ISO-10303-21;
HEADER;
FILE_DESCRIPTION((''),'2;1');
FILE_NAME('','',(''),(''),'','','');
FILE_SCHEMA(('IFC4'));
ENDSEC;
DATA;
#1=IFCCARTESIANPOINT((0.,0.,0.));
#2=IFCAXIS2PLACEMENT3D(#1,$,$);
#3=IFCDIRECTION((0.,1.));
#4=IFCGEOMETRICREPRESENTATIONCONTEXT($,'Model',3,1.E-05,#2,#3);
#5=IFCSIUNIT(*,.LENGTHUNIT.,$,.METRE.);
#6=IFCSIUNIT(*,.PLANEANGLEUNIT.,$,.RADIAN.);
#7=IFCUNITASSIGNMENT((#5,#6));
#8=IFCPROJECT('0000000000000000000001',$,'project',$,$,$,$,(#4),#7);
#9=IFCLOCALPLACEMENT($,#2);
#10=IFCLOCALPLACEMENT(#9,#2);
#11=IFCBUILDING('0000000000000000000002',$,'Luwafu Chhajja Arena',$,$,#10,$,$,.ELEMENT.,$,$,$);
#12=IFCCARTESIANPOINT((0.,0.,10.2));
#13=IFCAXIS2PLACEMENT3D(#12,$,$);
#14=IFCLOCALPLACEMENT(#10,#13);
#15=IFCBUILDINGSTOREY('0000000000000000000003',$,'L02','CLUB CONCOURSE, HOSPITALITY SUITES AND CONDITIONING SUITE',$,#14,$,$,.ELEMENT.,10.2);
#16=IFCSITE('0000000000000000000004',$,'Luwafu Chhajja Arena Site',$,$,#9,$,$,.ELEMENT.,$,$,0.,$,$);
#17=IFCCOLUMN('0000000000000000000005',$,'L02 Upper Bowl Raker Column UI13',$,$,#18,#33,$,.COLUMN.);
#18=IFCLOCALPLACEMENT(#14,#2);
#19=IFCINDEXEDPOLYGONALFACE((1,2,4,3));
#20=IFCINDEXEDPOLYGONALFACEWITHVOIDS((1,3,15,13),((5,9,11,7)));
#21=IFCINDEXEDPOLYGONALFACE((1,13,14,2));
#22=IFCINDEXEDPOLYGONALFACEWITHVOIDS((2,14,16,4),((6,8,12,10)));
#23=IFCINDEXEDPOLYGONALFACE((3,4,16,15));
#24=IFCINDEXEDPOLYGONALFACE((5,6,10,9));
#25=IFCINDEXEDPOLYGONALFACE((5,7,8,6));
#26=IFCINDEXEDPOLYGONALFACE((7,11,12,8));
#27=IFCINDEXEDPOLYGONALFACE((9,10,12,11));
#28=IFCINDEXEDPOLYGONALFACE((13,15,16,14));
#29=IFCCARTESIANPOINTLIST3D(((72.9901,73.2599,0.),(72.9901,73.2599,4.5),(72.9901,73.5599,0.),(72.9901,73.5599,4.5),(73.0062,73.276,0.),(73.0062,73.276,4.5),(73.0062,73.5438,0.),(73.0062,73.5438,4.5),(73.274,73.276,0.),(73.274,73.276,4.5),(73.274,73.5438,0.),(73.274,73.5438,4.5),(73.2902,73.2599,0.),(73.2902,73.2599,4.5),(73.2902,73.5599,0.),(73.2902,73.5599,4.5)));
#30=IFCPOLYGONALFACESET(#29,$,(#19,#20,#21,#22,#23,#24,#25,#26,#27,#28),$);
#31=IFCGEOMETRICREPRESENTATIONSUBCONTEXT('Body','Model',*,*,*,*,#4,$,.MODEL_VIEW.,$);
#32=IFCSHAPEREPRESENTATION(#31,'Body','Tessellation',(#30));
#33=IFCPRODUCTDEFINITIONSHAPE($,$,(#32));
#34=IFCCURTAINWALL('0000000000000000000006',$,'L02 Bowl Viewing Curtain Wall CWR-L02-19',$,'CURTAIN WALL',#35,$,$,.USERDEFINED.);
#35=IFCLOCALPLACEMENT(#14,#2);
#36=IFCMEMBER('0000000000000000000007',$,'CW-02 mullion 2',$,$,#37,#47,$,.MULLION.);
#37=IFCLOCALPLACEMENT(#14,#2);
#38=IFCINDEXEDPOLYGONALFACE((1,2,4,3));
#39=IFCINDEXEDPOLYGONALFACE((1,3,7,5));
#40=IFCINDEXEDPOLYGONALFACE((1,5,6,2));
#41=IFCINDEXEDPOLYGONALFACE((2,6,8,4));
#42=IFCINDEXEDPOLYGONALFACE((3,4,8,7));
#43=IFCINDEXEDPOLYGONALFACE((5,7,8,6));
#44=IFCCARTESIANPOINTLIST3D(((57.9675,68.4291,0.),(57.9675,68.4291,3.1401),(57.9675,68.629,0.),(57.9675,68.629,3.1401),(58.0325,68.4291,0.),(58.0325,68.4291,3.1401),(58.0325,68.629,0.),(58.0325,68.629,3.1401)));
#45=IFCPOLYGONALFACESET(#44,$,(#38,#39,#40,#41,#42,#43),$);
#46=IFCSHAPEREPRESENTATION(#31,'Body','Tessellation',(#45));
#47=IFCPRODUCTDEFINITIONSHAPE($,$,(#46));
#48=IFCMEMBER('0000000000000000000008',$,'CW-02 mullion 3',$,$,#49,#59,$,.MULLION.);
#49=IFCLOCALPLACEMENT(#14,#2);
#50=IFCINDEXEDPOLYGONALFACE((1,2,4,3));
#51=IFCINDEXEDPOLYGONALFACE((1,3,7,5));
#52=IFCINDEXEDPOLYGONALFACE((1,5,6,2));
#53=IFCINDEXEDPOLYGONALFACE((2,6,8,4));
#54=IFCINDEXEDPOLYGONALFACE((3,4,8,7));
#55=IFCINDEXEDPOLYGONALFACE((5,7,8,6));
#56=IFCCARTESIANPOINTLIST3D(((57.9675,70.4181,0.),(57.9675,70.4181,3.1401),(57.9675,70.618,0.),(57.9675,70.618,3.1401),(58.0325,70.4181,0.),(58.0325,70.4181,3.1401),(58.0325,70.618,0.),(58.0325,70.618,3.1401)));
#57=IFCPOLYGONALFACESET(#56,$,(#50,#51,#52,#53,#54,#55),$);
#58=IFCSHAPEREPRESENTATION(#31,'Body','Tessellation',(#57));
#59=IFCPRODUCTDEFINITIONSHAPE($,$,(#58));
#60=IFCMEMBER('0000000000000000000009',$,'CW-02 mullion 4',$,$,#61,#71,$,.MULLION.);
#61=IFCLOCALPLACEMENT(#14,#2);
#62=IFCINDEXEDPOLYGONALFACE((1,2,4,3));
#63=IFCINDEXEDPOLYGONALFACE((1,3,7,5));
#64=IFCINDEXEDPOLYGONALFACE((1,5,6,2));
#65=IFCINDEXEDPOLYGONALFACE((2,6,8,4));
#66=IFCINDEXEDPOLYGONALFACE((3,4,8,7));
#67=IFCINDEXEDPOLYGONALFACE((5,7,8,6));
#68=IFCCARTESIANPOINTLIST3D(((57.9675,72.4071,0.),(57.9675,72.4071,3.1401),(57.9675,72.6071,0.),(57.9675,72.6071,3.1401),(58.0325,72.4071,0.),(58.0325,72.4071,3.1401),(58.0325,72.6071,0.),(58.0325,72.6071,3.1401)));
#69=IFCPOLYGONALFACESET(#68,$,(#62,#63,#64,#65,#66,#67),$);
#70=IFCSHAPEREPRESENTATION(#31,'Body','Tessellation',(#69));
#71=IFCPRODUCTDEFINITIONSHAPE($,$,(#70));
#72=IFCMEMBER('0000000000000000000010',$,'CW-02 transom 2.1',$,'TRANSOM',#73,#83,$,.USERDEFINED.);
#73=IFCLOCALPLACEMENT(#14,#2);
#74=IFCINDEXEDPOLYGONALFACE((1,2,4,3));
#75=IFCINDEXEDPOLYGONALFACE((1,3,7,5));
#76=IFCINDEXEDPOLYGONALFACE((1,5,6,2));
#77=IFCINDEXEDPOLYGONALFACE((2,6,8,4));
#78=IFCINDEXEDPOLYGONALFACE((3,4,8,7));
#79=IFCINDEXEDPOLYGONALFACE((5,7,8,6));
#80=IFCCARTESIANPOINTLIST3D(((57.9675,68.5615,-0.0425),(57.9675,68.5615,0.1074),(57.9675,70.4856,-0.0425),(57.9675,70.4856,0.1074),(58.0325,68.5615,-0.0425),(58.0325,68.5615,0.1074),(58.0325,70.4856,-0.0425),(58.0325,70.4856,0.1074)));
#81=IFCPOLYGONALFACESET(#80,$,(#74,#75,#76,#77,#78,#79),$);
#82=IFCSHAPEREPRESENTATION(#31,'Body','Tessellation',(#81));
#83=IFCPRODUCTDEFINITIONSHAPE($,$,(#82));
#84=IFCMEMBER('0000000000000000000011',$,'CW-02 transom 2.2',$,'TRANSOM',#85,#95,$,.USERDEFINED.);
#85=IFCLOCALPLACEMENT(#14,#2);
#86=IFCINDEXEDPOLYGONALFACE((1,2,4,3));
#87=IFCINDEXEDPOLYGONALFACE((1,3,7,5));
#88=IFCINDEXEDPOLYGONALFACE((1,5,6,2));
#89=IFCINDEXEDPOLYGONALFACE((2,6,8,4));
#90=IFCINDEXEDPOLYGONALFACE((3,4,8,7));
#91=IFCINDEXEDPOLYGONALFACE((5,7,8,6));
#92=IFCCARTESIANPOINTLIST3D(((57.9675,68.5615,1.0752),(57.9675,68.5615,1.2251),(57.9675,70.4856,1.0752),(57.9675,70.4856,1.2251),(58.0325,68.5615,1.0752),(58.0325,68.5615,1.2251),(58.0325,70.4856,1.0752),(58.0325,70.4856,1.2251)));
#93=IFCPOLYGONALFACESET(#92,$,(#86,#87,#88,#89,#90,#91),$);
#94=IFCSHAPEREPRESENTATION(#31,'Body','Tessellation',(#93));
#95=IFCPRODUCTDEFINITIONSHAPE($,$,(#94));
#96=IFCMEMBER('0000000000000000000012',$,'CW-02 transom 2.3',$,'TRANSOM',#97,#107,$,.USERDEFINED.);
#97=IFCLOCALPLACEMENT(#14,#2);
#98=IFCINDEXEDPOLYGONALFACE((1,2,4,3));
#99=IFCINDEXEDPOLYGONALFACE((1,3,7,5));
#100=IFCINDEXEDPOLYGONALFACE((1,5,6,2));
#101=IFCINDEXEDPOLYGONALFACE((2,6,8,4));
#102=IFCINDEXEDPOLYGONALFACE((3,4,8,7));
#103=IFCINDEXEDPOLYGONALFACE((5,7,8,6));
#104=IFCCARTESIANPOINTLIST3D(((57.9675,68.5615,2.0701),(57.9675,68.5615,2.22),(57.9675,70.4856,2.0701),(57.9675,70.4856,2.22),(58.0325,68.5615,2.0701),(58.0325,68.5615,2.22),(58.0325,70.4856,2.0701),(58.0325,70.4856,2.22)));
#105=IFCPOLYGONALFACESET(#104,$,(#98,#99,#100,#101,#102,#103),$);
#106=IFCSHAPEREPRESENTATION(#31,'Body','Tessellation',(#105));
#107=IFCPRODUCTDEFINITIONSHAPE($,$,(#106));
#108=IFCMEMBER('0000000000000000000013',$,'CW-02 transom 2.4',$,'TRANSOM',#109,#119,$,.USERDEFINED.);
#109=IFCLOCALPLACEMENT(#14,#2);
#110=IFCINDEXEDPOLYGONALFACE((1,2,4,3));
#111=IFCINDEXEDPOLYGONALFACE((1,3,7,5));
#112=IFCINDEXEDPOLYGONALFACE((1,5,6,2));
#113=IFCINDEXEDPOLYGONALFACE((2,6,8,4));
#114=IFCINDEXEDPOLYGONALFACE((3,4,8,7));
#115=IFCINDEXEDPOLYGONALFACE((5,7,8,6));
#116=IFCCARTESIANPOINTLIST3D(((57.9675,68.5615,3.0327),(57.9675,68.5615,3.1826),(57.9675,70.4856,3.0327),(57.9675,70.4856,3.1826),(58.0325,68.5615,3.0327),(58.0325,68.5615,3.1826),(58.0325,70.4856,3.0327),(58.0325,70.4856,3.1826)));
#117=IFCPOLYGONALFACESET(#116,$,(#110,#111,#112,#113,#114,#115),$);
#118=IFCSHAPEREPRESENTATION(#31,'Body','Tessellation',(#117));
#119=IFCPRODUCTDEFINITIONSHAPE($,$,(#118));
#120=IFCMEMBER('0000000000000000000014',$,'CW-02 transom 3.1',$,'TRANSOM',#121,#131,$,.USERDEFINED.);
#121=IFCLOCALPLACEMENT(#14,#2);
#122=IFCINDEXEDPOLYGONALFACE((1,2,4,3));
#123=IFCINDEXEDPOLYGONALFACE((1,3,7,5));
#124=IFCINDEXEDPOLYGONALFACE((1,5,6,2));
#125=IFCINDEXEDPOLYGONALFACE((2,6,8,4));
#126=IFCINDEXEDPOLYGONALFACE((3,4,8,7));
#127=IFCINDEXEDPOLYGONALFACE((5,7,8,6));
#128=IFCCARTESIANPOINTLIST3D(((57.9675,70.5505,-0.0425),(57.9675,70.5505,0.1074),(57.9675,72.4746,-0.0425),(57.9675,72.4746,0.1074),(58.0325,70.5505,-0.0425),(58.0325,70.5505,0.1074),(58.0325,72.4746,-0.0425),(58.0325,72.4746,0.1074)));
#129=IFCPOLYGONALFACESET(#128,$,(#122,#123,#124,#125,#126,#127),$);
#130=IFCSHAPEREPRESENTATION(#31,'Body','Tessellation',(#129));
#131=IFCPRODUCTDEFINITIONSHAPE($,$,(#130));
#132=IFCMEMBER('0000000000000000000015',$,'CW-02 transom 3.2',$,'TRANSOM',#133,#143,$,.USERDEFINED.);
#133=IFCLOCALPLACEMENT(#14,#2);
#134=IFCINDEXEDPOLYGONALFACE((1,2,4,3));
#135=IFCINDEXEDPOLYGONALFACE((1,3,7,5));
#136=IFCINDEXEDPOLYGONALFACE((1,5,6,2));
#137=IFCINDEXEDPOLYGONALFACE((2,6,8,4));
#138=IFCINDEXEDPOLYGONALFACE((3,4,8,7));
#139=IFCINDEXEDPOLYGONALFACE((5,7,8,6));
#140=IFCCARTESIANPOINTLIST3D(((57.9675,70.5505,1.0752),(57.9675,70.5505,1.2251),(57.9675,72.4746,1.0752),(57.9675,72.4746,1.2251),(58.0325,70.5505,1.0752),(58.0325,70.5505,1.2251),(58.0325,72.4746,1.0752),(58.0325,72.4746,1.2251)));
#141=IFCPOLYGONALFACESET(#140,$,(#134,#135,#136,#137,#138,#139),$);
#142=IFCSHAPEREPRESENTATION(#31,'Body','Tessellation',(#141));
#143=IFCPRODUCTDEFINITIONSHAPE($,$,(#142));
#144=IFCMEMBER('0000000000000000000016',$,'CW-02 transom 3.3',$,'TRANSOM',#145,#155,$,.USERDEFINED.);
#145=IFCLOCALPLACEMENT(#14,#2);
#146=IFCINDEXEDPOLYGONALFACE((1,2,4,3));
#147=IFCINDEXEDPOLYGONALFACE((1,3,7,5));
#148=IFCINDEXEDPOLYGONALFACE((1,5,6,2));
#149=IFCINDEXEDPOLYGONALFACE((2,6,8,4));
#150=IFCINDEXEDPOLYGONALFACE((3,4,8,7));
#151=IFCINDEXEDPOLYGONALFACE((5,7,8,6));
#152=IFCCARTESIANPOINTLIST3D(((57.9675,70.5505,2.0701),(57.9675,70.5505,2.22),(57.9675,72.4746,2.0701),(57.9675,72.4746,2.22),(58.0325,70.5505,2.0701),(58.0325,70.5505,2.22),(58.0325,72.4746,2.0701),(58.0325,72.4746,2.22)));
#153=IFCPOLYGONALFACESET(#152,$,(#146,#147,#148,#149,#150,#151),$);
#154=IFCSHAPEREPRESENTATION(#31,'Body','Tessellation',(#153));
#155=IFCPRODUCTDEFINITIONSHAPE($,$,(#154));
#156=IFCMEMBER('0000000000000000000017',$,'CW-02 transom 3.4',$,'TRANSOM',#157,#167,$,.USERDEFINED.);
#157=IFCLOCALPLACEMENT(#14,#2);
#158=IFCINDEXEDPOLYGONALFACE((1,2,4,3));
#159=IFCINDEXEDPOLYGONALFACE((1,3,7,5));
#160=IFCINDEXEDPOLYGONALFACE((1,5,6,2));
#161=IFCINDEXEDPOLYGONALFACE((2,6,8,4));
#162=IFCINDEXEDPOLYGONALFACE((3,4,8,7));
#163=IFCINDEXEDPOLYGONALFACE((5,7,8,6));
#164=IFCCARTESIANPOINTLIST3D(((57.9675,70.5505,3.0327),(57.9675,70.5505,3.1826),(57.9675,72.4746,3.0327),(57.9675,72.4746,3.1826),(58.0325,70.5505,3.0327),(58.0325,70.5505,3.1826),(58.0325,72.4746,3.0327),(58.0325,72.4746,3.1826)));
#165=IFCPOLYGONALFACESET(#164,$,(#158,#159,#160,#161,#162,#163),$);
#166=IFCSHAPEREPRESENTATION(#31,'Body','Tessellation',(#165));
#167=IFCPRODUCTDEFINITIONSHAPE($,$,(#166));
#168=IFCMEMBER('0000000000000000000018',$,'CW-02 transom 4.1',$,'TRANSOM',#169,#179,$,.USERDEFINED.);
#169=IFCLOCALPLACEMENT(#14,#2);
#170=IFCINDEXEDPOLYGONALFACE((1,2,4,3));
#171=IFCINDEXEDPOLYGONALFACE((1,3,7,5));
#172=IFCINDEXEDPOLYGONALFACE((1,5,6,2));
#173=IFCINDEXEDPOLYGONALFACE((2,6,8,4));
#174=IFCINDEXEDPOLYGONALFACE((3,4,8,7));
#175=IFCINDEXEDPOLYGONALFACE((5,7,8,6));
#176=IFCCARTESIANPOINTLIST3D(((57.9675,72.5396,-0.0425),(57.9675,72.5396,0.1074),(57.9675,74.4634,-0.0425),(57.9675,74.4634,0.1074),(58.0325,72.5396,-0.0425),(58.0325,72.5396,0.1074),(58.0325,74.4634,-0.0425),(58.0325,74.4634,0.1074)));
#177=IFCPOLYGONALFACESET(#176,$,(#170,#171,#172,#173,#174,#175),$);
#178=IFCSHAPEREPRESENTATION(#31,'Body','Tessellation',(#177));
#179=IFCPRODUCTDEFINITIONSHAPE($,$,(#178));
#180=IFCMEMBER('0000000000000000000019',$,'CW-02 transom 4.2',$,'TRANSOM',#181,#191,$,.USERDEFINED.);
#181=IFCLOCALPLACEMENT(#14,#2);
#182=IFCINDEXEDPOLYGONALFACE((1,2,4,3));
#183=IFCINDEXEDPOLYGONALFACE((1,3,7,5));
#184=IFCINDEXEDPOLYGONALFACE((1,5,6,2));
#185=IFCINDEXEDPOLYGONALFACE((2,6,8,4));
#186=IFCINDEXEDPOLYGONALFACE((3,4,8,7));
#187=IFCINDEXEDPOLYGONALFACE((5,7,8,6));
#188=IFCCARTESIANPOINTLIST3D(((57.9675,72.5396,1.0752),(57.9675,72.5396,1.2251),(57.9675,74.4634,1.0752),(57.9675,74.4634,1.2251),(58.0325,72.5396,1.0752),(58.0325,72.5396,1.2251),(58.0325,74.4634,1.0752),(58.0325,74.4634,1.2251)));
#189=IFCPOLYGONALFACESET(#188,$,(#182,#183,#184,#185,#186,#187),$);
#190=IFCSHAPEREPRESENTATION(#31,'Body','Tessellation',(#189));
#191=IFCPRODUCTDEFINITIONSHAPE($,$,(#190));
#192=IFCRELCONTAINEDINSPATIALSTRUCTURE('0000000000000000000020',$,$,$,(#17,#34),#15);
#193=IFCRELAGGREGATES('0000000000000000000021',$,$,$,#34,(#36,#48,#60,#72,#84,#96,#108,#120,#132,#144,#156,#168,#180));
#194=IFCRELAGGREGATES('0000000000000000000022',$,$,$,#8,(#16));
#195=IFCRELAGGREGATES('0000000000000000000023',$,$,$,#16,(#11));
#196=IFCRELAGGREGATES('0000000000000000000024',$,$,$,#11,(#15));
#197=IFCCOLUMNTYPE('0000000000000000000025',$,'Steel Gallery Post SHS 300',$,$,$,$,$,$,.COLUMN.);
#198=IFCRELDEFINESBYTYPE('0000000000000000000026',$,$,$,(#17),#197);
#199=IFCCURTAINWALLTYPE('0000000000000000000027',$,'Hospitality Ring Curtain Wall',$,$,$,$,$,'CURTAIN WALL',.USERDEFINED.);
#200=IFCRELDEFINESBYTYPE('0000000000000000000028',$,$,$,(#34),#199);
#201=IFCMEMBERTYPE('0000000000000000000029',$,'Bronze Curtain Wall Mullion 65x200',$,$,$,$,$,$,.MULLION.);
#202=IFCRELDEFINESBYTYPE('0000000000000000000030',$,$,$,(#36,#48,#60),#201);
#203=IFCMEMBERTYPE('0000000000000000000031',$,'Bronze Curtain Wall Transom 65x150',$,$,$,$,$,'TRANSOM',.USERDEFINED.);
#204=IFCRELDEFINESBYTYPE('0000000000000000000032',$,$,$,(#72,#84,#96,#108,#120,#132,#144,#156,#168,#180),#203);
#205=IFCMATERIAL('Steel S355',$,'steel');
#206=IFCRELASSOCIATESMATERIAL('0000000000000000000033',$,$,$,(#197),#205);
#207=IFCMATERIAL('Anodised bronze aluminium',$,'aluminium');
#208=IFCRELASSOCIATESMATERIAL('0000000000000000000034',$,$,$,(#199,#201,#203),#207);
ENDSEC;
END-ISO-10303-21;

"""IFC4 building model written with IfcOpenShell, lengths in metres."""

from ifc_helpers import new_model, si_unit, direction, frame, origin, origin_2d, place, context, subcontext, project, spatial, rectangle, hollow_rectangle, extrude, material, material_profile, profile_set, type_object, element, aggregate, save


model = new_model("IFC4")

# Units and contexts
model_context = context("Model", 3, precision=1e-05, world=origin(), true_north=direction((0.0, 1.0)))
body_context = subcontext(model_context, "Body", "Model", "MODEL_VIEW")
ifc_project = project(units=[si_unit("LENGTHUNIT", "METRE"), si_unit("PLANEANGLEUNIT", "RADIAN")], contexts=[model_context])

# Site, building, storey
site_placement = place(None, origin())
site = spatial("IfcSite", under=ifc_project, at=site_placement, Name="Luwafu Chhajja Arena Site", CompositionType="ELEMENT", RefElevation=0.0)
building_placement = place(site_placement, origin())
building = spatial("IfcBuilding", under=site, at=building_placement, Name="Luwafu Chhajja Arena", CompositionType="ELEMENT")
storey_placement = place(building_placement, frame((0.0, 0.0, 10.2)))
storey = spatial("IfcBuildingStorey", under=building, at=storey_placement, Name="L02", Description="CLUB CONCOURSE, HOSPITALITY SUITES AND CONDITIONING SUITE", CompositionType="ELEMENT", Elevation=10.2)

# Column
ifc_material_1 = material(Name="Steel S355", Category="steel")
ifc_material_profile_1 = material_profile(ifc_material_1, hollow_rectangle(XDim=0.3, YDim=0.3, WallThickness=0.0161, at=origin_2d()), Name="SHS 300x300x16")
ifc_profile_set_1 = profile_set([ifc_material_profile_1], Name="Steel S355")
column_type = type_object("IfcColumnType", Name="Steel Gallery Post SHS 300", PredefinedType="COLUMN", material=ifc_profile_set_1)
column_placement = place(storey_placement, frame((73.1401, 73.4099, 0.0), z_axis=(0.0, 0.0, 1.0), x_axis=(1.0, 0.0, 0.0)))
element("IfcColumn", 1, at=column_placement, inside=storey, type_object=column_type, Name="L02 Upper Bowl Raker Column UI13", PredefinedType="COLUMN", context=body_context, shape_type="SweptSolid", body=[
    extrude(hollow_rectangle(XDim=0.3, YDim=0.3, WallThickness=0.0161, at=origin_2d()), origin(), (0.0, 0.0, 1.0), 4.5),
])

# Curtain wall, members
ifc_material_2 = material(Name="Anodised bronze aluminium", Category="aluminium")
curtain_wall_type = type_object("IfcCurtainWallType", Name="Hospitality Ring Curtain Wall", ElementType="CURTAIN WALL", PredefinedType="USERDEFINED", material=ifc_material_2)
curtain_wall_placement = place(storey_placement, origin())
curtain_wall = element("IfcCurtainWall", 2, at=curtain_wall_placement, inside=storey, type_object=curtain_wall_type, Name="L02 Bowl Viewing Curtain Wall CWR-L02-19", ObjectType="CURTAIN WALL", PredefinedType="USERDEFINED")
ifc_material_profile_2 = material_profile(ifc_material_2, rectangle(XDim=0.0649, YDim=0.2, at=origin_2d()), Name="CWM 65x200")
ifc_profile_set_2 = profile_set([ifc_material_profile_2], Name="Anodised bronze aluminium")
member_type_1 = type_object("IfcMemberType", Name="Bronze Curtain Wall Mullion 65x200", PredefinedType="MULLION", material=ifc_profile_set_2)
member_1_placement = place(storey_placement, frame((58.0, 68.5291, 0.0), z_axis=(0.0, 0.0, 1.0), x_axis=(-1.0, 0.0, 0.0)))
member_1 = element("IfcMember", 3, at=member_1_placement, type_object=member_type_1, Name="CW-02 mullion 2", PredefinedType="MULLION", context=body_context, shape_type="SweptSolid", body=[
    extrude(rectangle(XDim=0.0649, YDim=0.2, at=origin_2d()), origin(), (0.0, 0.0, 1.0), 3.1401),
])
member_2_placement = place(storey_placement, frame((58.0, 70.5181, 0.0), z_axis=(0.0, 0.0, 1.0), x_axis=(-1.0, 0.0, 0.0)))
member_2 = element("IfcMember", 4, at=member_2_placement, type_object=member_type_1, Name="CW-02 mullion 3", PredefinedType="MULLION", context=body_context, shape_type="SweptSolid", body=[
    extrude(rectangle(XDim=0.0649, YDim=0.2, at=origin_2d()), origin(), (0.0, 0.0, 1.0), 3.1401),
])
member_3_placement = place(storey_placement, frame((58.0, 72.5071, 0.0), z_axis=(0.0, 0.0, 1.0), x_axis=(-1.0, 0.0, 0.0)))
member_3 = element("IfcMember", 5, at=member_3_placement, type_object=member_type_1, Name="CW-02 mullion 4", PredefinedType="MULLION", context=body_context, shape_type="SweptSolid", body=[
    extrude(rectangle(XDim=0.0649, YDim=0.2, at=origin_2d()), origin(), (0.0, 0.0, 1.0), 3.1401),
])
ifc_material_profile_3 = material_profile(ifc_material_2, rectangle(XDim=0.0649, YDim=0.1499, at=origin_2d()), Name="CWT 65x150")
ifc_profile_set_3 = profile_set([ifc_material_profile_3], Name="Anodised bronze aluminium")
member_type_2 = type_object("IfcMemberType", Name="Bronze Curtain Wall Transom 65x150", ElementType="TRANSOM", PredefinedType="USERDEFINED", material=ifc_profile_set_3)
member_4_placement = place(storey_placement, frame((58.0, 68.5615, 0.0325), z_axis=(0.0, 1.0, 0.0), x_axis=(-1.0, 0.0, 0.0)))
member_4 = element("IfcMember", 6, at=member_4_placement, type_object=member_type_2, Name="CW-02 transom 2.1", ObjectType="TRANSOM", PredefinedType="USERDEFINED", context=body_context, shape_type="SweptSolid", body=[
    extrude(rectangle(XDim=0.0649, YDim=0.1499, at=origin_2d()), origin(), (0.0, 0.0, 1.0), 1.9241),
])
member_5_placement = place(storey_placement, frame((58.0, 68.5615, 1.1501), z_axis=(0.0, 1.0, 0.0), x_axis=(-1.0, 0.0, 0.0)))
member_5 = element("IfcMember", 7, at=member_5_placement, type_object=member_type_2, Name="CW-02 transom 2.2", ObjectType="TRANSOM", PredefinedType="USERDEFINED", context=body_context, shape_type="SweptSolid", body=[
    extrude(rectangle(XDim=0.0649, YDim=0.1499, at=origin_2d()), origin(), (0.0, 0.0, 1.0), 1.9241),
])
member_6_placement = place(storey_placement, frame((58.0, 68.5615, 2.145), z_axis=(0.0, 1.0, 0.0), x_axis=(-1.0, 0.0, 0.0)))
member_6 = element("IfcMember", 8, at=member_6_placement, type_object=member_type_2, Name="CW-02 transom 2.3", ObjectType="TRANSOM", PredefinedType="USERDEFINED", context=body_context, shape_type="SweptSolid", body=[
    extrude(rectangle(XDim=0.0649, YDim=0.1499, at=origin_2d()), origin(), (0.0, 0.0, 1.0), 1.9241),
])
member_7_placement = place(storey_placement, frame((58.0, 68.5615, 3.1077), z_axis=(0.0, 1.0, 0.0), x_axis=(-1.0, 0.0, 0.0)))
member_7 = element("IfcMember", 9, at=member_7_placement, type_object=member_type_2, Name="CW-02 transom 2.4", ObjectType="TRANSOM", PredefinedType="USERDEFINED", context=body_context, shape_type="SweptSolid", body=[
    extrude(rectangle(XDim=0.0649, YDim=0.1499, at=origin_2d()), origin(), (0.0, 0.0, 1.0), 1.9241),
])
member_8_placement = place(storey_placement, frame((58.0, 70.5505, 0.0325), z_axis=(0.0, 1.0, 0.0), x_axis=(-1.0, 0.0, 0.0)))
member_8 = element("IfcMember", 10, at=member_8_placement, type_object=member_type_2, Name="CW-02 transom 3.1", ObjectType="TRANSOM", PredefinedType="USERDEFINED", context=body_context, shape_type="SweptSolid", body=[
    extrude(rectangle(XDim=0.0649, YDim=0.1499, at=origin_2d()), origin(), (0.0, 0.0, 1.0), 1.9241),
])
member_9_placement = place(storey_placement, frame((58.0, 70.5505, 1.1501), z_axis=(0.0, 1.0, 0.0), x_axis=(-1.0, 0.0, 0.0)))
member_9 = element("IfcMember", 11, at=member_9_placement, type_object=member_type_2, Name="CW-02 transom 3.2", ObjectType="TRANSOM", PredefinedType="USERDEFINED", context=body_context, shape_type="SweptSolid", body=[
    extrude(rectangle(XDim=0.0649, YDim=0.1499, at=origin_2d()), origin(), (0.0, 0.0, 1.0), 1.9241),
])
member_10_placement = place(storey_placement, frame((58.0, 70.5505, 2.145), z_axis=(0.0, 1.0, 0.0), x_axis=(-1.0, 0.0, 0.0)))
member_10 = element("IfcMember", 12, at=member_10_placement, type_object=member_type_2, Name="CW-02 transom 3.3", ObjectType="TRANSOM", PredefinedType="USERDEFINED", context=body_context, shape_type="SweptSolid", body=[
    extrude(rectangle(XDim=0.0649, YDim=0.1499, at=origin_2d()), origin(), (0.0, 0.0, 1.0), 1.9241),
])
member_11_placement = place(storey_placement, frame((58.0, 70.5505, 3.1077), z_axis=(0.0, 1.0, 0.0), x_axis=(-1.0, 0.0, 0.0)))
member_11 = element("IfcMember", 13, at=member_11_placement, type_object=member_type_2, Name="CW-02 transom 3.4", ObjectType="TRANSOM", PredefinedType="USERDEFINED", context=body_context, shape_type="SweptSolid", body=[
    extrude(rectangle(XDim=0.0649, YDim=0.1499, at=origin_2d()), origin(), (0.0, 0.0, 1.0), 1.9241),
])
member_12_placement = place(storey_placement, frame((58.0, 72.5396, 0.0325), z_axis=(0.0, 1.0, 0.0), x_axis=(-1.0, 0.0, 0.0)))
member_12 = element("IfcMember", 14, at=member_12_placement, type_object=member_type_2, Name="CW-02 transom 4.1", ObjectType="TRANSOM", PredefinedType="USERDEFINED", context=body_context, shape_type="SweptSolid", body=[
    extrude(rectangle(XDim=0.0649, YDim=0.1499, at=origin_2d()), origin(), (0.0, 0.0, 1.0), 1.9238),
])
member_13_placement = place(storey_placement, frame((58.0, 72.5396, 1.1501), z_axis=(0.0, 1.0, 0.0), x_axis=(-1.0, 0.0, 0.0)))
member_13 = element("IfcMember", 15, at=member_13_placement, type_object=member_type_2, Name="CW-02 transom 4.2", ObjectType="TRANSOM", PredefinedType="USERDEFINED", context=body_context, shape_type="SweptSolid", body=[
    extrude(rectangle(XDim=0.0649, YDim=0.1499, at=origin_2d()), origin(), (0.0, 0.0, 1.0), 1.9238),
])
aggregate(curtain_wall, [member_1, member_2, member_3, member_4, member_5, member_6, member_7, member_8, member_9, member_10, member_11, member_12, member_13])

save(model, "model.ifc")
